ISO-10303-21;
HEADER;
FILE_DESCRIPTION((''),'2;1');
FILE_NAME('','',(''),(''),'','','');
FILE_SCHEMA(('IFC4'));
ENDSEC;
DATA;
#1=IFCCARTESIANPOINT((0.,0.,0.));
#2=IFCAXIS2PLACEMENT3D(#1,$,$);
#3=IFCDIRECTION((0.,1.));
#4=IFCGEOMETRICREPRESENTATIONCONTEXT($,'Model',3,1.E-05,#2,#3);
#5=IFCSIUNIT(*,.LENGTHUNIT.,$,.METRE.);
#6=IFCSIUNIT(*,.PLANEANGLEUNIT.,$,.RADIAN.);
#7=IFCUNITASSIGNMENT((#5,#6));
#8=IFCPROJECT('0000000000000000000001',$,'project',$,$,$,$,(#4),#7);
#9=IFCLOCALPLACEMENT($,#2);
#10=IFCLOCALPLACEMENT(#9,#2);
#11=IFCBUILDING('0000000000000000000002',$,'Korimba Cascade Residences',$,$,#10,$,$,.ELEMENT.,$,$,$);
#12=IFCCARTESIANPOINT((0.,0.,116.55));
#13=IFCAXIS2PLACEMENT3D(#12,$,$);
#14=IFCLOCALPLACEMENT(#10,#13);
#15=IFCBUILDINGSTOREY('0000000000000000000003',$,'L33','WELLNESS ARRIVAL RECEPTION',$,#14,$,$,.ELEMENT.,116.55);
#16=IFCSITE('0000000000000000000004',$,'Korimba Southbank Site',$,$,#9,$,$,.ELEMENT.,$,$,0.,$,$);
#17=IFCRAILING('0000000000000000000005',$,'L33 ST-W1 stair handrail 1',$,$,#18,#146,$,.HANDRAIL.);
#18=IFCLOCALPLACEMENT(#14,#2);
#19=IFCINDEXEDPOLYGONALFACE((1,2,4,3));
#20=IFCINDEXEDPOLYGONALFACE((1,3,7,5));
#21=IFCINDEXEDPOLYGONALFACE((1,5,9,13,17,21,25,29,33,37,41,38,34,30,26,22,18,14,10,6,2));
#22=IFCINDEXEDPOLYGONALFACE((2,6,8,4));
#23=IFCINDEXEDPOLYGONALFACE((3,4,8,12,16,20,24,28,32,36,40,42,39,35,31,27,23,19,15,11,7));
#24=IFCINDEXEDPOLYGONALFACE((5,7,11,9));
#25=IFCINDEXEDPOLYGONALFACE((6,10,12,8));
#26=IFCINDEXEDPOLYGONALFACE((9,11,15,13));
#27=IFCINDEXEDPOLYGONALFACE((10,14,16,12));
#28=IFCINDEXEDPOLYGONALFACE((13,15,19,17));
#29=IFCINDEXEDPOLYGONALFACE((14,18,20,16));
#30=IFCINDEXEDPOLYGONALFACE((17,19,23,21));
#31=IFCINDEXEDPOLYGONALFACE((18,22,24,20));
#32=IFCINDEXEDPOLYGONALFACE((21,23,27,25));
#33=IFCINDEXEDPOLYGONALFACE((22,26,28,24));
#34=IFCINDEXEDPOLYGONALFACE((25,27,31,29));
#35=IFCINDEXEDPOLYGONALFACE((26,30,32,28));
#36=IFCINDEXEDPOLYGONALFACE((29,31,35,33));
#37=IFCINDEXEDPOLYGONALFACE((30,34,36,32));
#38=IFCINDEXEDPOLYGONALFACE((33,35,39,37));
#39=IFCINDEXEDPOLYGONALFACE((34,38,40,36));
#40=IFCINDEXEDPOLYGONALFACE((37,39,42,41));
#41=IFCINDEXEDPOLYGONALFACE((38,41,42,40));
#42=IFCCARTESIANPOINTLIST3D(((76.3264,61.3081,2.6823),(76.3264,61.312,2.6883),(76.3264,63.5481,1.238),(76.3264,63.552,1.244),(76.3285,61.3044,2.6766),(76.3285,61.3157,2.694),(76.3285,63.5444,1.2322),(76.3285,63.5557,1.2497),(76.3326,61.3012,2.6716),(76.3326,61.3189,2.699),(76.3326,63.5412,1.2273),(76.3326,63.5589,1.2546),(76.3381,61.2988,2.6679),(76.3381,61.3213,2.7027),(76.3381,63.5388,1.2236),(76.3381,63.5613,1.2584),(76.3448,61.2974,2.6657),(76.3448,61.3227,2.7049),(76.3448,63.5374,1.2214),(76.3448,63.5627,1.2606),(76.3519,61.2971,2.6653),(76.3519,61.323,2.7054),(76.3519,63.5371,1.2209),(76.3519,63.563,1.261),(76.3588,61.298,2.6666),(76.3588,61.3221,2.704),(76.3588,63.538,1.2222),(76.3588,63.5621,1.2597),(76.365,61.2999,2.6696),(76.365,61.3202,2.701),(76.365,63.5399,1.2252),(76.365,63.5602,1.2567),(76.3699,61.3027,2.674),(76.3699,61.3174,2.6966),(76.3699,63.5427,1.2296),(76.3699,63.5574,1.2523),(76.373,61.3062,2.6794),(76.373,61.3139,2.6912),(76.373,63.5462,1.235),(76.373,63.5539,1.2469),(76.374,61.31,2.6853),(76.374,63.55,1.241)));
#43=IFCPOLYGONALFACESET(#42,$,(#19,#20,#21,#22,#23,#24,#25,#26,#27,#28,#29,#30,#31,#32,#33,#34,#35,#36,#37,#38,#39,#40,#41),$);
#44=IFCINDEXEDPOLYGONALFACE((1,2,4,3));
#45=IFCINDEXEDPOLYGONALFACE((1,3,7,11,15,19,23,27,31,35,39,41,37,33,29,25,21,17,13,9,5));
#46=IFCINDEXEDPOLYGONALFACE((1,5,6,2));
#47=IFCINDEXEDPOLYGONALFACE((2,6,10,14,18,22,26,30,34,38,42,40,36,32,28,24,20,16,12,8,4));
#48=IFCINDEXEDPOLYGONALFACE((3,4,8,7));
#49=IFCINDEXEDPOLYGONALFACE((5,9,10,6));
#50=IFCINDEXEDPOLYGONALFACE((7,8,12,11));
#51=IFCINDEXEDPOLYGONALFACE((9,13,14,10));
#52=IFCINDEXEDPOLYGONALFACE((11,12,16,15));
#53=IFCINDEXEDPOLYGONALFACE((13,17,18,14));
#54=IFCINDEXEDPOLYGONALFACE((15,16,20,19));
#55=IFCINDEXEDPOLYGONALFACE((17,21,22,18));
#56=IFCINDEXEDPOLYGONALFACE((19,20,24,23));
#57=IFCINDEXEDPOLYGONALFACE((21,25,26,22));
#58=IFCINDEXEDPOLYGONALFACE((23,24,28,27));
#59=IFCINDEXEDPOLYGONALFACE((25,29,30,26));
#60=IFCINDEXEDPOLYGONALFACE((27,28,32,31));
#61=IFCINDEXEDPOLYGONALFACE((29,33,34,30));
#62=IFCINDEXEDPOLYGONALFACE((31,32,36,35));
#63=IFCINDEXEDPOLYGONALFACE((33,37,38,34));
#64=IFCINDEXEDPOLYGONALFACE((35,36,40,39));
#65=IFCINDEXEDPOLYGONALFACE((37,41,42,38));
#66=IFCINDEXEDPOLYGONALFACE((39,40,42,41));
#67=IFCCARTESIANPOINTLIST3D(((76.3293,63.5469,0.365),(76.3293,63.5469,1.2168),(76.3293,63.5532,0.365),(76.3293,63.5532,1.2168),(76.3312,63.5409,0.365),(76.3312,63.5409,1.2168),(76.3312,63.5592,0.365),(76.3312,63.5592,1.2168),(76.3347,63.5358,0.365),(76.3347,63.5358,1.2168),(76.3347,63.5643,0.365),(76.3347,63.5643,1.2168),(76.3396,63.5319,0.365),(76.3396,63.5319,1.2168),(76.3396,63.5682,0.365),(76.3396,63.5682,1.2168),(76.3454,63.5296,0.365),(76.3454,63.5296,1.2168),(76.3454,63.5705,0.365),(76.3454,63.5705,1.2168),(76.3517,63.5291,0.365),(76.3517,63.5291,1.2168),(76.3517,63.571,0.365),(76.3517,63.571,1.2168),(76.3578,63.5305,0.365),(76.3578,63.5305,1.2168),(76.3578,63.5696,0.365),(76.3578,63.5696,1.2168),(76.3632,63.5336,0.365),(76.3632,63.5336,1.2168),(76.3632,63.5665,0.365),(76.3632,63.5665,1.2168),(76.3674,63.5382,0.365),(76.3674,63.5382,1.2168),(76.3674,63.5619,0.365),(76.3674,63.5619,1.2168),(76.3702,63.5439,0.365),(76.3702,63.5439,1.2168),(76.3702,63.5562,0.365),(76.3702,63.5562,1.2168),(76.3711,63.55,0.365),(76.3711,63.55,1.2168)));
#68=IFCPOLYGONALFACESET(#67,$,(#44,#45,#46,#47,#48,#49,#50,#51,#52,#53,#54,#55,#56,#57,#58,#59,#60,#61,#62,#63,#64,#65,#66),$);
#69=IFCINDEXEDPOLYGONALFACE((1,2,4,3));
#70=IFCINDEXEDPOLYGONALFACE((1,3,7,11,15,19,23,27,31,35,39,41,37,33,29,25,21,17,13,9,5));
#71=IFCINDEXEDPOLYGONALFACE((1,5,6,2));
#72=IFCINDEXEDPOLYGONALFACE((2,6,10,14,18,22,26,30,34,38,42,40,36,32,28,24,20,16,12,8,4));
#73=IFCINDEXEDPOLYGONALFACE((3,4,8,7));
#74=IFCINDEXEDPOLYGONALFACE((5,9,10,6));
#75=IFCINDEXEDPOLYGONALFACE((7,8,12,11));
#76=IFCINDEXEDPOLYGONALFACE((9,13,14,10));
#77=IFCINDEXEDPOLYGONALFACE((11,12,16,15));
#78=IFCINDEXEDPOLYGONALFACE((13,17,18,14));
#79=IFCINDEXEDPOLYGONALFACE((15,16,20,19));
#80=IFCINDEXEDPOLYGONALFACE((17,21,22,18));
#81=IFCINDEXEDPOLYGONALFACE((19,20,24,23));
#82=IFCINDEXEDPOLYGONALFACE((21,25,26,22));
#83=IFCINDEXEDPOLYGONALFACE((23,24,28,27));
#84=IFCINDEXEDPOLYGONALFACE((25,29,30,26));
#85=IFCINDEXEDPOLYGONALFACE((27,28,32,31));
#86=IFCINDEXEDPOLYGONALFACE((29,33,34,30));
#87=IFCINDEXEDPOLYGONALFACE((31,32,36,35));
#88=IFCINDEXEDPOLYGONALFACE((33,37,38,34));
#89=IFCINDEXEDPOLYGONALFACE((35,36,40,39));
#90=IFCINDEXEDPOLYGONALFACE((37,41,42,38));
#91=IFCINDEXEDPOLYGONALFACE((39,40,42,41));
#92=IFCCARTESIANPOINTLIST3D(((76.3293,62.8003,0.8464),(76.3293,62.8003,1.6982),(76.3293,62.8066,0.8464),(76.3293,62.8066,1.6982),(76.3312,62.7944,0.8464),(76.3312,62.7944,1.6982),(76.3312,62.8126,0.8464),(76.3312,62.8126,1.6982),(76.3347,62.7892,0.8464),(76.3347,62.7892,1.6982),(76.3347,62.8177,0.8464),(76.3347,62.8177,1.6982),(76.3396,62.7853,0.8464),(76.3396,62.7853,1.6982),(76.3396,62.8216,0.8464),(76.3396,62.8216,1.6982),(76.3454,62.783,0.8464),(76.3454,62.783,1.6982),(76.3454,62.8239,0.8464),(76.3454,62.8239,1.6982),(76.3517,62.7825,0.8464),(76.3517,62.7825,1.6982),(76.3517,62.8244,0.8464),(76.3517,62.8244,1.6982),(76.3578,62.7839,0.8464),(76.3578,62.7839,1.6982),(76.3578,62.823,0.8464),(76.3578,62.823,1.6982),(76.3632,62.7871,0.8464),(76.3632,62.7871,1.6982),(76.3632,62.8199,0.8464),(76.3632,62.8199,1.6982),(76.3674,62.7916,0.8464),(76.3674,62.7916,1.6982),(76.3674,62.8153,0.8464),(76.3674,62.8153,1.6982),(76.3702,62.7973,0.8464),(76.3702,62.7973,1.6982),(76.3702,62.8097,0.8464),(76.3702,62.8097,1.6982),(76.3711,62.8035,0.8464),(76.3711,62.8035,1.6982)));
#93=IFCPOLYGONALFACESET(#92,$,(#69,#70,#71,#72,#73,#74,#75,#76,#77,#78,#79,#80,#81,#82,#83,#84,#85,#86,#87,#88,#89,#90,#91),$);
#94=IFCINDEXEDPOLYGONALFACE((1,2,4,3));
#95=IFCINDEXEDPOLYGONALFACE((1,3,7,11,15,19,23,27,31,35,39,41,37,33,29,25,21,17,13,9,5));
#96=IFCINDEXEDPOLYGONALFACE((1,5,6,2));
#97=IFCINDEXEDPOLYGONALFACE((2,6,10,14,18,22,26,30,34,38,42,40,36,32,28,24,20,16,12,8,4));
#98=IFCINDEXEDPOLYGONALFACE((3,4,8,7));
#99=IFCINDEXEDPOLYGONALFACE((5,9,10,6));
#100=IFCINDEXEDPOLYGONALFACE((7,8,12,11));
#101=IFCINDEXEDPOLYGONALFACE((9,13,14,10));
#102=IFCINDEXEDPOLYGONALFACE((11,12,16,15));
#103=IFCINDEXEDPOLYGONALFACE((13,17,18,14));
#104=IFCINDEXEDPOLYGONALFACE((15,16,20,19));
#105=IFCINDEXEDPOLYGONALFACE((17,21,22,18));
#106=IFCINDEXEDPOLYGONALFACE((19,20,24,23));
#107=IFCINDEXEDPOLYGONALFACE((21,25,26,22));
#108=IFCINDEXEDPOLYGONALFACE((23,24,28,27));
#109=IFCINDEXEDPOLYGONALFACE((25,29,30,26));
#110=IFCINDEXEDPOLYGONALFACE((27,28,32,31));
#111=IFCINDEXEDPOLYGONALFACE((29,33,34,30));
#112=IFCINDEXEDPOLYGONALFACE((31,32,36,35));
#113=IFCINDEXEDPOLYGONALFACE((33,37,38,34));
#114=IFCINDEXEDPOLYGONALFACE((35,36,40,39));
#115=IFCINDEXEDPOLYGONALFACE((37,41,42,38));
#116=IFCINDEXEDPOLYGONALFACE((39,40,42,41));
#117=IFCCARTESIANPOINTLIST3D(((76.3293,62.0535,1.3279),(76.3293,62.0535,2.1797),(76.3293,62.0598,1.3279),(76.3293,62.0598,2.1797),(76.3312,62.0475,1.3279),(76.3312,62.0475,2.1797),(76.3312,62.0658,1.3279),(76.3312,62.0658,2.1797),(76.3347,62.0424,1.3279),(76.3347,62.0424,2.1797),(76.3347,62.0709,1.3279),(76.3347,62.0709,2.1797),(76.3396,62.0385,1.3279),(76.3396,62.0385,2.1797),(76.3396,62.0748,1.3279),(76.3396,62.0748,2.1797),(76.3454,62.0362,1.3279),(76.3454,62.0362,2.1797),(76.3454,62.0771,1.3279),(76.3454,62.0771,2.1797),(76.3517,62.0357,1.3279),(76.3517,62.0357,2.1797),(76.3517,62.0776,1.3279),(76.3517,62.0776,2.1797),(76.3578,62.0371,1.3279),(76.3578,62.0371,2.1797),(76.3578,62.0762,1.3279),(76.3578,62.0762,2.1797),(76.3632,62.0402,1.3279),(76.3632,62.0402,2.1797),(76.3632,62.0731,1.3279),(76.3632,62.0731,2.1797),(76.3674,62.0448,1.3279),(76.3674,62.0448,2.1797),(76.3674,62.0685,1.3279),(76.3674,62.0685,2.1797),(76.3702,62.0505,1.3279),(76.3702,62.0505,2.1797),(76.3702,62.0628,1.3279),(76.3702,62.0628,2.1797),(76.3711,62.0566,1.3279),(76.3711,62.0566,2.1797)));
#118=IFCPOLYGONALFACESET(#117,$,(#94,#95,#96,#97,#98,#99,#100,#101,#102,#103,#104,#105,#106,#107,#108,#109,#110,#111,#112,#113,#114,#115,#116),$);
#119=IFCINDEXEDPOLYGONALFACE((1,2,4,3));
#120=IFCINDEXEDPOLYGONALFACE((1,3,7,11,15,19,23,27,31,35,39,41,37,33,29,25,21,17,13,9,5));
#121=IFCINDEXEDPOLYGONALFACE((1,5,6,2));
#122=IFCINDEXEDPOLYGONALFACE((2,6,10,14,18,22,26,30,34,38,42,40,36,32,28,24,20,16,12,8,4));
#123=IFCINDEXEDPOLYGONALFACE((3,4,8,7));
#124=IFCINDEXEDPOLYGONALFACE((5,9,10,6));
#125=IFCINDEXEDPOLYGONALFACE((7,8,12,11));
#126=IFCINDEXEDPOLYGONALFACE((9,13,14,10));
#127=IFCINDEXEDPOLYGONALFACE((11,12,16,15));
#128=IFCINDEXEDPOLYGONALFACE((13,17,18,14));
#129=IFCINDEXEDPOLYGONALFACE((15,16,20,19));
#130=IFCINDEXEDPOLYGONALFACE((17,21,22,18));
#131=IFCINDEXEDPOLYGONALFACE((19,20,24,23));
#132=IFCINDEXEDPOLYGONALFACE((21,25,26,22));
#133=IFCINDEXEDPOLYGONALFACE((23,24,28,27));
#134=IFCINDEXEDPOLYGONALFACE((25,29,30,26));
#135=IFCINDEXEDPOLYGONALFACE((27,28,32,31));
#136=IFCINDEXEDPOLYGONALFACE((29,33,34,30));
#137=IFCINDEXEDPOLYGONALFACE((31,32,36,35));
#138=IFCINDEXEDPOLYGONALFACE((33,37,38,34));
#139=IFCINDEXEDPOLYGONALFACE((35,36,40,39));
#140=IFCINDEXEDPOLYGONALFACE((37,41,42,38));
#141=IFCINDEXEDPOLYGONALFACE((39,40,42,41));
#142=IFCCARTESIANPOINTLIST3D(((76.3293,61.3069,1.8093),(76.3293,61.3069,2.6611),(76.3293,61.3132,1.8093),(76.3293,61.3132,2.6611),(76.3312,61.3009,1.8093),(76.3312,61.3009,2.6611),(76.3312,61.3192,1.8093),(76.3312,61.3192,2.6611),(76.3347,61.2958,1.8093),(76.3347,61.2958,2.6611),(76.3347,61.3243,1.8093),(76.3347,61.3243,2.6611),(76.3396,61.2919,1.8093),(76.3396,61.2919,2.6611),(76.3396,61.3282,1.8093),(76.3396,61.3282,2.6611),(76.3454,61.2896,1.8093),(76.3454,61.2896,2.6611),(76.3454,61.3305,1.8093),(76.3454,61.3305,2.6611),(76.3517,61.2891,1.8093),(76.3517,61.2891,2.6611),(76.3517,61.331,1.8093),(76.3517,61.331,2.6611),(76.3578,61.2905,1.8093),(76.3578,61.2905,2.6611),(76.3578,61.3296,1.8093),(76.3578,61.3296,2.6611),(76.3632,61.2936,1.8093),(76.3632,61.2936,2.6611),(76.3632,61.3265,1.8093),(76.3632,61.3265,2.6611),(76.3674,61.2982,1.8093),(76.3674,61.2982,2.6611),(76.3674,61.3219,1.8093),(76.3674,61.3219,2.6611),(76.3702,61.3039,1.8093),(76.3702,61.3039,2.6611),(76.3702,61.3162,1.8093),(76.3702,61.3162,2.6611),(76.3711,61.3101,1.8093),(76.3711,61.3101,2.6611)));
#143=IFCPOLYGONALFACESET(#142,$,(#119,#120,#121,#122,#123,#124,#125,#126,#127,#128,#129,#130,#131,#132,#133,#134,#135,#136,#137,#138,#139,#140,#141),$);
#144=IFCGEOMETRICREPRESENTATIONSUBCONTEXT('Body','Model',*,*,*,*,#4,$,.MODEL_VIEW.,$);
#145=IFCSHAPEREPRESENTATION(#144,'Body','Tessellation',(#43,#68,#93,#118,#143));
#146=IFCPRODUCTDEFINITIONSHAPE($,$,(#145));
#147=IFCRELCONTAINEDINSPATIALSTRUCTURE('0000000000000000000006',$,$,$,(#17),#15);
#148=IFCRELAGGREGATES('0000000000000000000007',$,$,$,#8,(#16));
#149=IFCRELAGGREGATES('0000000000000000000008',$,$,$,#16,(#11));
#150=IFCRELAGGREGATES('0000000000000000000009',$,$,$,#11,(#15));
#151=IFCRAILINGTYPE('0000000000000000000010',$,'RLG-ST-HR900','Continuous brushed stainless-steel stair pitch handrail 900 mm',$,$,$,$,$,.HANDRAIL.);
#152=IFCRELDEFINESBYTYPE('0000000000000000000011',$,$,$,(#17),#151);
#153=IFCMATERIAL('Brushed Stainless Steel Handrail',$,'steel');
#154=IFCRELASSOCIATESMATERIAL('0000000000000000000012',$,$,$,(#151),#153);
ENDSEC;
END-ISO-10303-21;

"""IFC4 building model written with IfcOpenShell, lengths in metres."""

from ifc_helpers import new_model, si_unit, direction, frame, origin, origin_2d, place, context, subcontext, project, spatial, circle, extrude, material, type_object, element, save


model = new_model("IFC4")

# Units and contexts
model_context = context("Model", 3, precision=1e-05, world=origin(), true_north=direction((0.0, 1.0)))
body_context = subcontext(model_context, "Body", "Model", "MODEL_VIEW")
ifc_project = project(units=[si_unit("LENGTHUNIT", "METRE"), si_unit("PLANEANGLEUNIT", "RADIAN")], contexts=[model_context])

# Site, building, storey
site_placement = place(None, origin())
site = spatial("IfcSite", under=ifc_project, at=site_placement, Name="Korimba Southbank Site", CompositionType="ELEMENT", RefElevation=0.0)
building_placement = place(site_placement, origin())
building = spatial("IfcBuilding", under=site, at=building_placement, Name="Korimba Cascade Residences", CompositionType="ELEMENT")
storey_placement = place(building_placement, frame((0.0, 0.0, 116.55)))
storey = spatial("IfcBuildingStorey", under=building, at=storey_placement, Name="L33", Description="WELLNESS ARRIVAL RECEPTION", CompositionType="ELEMENT", Elevation=116.55)

# Railing
ifc_material_1 = material(Name="Brushed Stainless Steel Handrail", Category="steel")
railing_type = type_object("IfcRailingType", Name="RLG-ST-HR900", Description="Continuous brushed stainless-steel stair pitch handrail 900 mm", PredefinedType="HANDRAIL", material=ifc_material_1)
railing_placement = place(storey_placement, frame((76.3501, 63.55, 0.365)))
element("IfcRailing", 1, at=railing_placement, inside=storey, type_object=railing_type, Name="L33 ST-W1 stair handrail 1", PredefinedType="HANDRAIL", context=body_context, shape_type="SweptSolid", body=[
    extrude(circle(Radius=0.0239, at=origin_2d()), frame((0.0, 0.0, 0.876), z_axis=(0.0, -0.840437, 0.54191), x_axis=(1.0, 0.0, 0.0)), (0.0, 0.0, 1.0), 2.6653),
    extrude(circle(Radius=0.021, at=origin_2d()), origin(), (0.0, 0.0, 1.0), 0.8518),
    extrude(circle(Radius=0.021, at=origin_2d()), frame((0.0, -0.7466, 0.4814)), (0.0, 0.0, 1.0), 0.8518),
    extrude(circle(Radius=0.021, at=origin_2d()), frame((0.0, -1.4934, 0.9629)), (0.0, 0.0, 1.0), 0.8518),
    extrude(circle(Radius=0.021, at=origin_2d()), frame((0.0, -2.24, 1.4443)), (0.0, 0.0, 1.0), 0.8518),
])

save(model, "model.ifc")
